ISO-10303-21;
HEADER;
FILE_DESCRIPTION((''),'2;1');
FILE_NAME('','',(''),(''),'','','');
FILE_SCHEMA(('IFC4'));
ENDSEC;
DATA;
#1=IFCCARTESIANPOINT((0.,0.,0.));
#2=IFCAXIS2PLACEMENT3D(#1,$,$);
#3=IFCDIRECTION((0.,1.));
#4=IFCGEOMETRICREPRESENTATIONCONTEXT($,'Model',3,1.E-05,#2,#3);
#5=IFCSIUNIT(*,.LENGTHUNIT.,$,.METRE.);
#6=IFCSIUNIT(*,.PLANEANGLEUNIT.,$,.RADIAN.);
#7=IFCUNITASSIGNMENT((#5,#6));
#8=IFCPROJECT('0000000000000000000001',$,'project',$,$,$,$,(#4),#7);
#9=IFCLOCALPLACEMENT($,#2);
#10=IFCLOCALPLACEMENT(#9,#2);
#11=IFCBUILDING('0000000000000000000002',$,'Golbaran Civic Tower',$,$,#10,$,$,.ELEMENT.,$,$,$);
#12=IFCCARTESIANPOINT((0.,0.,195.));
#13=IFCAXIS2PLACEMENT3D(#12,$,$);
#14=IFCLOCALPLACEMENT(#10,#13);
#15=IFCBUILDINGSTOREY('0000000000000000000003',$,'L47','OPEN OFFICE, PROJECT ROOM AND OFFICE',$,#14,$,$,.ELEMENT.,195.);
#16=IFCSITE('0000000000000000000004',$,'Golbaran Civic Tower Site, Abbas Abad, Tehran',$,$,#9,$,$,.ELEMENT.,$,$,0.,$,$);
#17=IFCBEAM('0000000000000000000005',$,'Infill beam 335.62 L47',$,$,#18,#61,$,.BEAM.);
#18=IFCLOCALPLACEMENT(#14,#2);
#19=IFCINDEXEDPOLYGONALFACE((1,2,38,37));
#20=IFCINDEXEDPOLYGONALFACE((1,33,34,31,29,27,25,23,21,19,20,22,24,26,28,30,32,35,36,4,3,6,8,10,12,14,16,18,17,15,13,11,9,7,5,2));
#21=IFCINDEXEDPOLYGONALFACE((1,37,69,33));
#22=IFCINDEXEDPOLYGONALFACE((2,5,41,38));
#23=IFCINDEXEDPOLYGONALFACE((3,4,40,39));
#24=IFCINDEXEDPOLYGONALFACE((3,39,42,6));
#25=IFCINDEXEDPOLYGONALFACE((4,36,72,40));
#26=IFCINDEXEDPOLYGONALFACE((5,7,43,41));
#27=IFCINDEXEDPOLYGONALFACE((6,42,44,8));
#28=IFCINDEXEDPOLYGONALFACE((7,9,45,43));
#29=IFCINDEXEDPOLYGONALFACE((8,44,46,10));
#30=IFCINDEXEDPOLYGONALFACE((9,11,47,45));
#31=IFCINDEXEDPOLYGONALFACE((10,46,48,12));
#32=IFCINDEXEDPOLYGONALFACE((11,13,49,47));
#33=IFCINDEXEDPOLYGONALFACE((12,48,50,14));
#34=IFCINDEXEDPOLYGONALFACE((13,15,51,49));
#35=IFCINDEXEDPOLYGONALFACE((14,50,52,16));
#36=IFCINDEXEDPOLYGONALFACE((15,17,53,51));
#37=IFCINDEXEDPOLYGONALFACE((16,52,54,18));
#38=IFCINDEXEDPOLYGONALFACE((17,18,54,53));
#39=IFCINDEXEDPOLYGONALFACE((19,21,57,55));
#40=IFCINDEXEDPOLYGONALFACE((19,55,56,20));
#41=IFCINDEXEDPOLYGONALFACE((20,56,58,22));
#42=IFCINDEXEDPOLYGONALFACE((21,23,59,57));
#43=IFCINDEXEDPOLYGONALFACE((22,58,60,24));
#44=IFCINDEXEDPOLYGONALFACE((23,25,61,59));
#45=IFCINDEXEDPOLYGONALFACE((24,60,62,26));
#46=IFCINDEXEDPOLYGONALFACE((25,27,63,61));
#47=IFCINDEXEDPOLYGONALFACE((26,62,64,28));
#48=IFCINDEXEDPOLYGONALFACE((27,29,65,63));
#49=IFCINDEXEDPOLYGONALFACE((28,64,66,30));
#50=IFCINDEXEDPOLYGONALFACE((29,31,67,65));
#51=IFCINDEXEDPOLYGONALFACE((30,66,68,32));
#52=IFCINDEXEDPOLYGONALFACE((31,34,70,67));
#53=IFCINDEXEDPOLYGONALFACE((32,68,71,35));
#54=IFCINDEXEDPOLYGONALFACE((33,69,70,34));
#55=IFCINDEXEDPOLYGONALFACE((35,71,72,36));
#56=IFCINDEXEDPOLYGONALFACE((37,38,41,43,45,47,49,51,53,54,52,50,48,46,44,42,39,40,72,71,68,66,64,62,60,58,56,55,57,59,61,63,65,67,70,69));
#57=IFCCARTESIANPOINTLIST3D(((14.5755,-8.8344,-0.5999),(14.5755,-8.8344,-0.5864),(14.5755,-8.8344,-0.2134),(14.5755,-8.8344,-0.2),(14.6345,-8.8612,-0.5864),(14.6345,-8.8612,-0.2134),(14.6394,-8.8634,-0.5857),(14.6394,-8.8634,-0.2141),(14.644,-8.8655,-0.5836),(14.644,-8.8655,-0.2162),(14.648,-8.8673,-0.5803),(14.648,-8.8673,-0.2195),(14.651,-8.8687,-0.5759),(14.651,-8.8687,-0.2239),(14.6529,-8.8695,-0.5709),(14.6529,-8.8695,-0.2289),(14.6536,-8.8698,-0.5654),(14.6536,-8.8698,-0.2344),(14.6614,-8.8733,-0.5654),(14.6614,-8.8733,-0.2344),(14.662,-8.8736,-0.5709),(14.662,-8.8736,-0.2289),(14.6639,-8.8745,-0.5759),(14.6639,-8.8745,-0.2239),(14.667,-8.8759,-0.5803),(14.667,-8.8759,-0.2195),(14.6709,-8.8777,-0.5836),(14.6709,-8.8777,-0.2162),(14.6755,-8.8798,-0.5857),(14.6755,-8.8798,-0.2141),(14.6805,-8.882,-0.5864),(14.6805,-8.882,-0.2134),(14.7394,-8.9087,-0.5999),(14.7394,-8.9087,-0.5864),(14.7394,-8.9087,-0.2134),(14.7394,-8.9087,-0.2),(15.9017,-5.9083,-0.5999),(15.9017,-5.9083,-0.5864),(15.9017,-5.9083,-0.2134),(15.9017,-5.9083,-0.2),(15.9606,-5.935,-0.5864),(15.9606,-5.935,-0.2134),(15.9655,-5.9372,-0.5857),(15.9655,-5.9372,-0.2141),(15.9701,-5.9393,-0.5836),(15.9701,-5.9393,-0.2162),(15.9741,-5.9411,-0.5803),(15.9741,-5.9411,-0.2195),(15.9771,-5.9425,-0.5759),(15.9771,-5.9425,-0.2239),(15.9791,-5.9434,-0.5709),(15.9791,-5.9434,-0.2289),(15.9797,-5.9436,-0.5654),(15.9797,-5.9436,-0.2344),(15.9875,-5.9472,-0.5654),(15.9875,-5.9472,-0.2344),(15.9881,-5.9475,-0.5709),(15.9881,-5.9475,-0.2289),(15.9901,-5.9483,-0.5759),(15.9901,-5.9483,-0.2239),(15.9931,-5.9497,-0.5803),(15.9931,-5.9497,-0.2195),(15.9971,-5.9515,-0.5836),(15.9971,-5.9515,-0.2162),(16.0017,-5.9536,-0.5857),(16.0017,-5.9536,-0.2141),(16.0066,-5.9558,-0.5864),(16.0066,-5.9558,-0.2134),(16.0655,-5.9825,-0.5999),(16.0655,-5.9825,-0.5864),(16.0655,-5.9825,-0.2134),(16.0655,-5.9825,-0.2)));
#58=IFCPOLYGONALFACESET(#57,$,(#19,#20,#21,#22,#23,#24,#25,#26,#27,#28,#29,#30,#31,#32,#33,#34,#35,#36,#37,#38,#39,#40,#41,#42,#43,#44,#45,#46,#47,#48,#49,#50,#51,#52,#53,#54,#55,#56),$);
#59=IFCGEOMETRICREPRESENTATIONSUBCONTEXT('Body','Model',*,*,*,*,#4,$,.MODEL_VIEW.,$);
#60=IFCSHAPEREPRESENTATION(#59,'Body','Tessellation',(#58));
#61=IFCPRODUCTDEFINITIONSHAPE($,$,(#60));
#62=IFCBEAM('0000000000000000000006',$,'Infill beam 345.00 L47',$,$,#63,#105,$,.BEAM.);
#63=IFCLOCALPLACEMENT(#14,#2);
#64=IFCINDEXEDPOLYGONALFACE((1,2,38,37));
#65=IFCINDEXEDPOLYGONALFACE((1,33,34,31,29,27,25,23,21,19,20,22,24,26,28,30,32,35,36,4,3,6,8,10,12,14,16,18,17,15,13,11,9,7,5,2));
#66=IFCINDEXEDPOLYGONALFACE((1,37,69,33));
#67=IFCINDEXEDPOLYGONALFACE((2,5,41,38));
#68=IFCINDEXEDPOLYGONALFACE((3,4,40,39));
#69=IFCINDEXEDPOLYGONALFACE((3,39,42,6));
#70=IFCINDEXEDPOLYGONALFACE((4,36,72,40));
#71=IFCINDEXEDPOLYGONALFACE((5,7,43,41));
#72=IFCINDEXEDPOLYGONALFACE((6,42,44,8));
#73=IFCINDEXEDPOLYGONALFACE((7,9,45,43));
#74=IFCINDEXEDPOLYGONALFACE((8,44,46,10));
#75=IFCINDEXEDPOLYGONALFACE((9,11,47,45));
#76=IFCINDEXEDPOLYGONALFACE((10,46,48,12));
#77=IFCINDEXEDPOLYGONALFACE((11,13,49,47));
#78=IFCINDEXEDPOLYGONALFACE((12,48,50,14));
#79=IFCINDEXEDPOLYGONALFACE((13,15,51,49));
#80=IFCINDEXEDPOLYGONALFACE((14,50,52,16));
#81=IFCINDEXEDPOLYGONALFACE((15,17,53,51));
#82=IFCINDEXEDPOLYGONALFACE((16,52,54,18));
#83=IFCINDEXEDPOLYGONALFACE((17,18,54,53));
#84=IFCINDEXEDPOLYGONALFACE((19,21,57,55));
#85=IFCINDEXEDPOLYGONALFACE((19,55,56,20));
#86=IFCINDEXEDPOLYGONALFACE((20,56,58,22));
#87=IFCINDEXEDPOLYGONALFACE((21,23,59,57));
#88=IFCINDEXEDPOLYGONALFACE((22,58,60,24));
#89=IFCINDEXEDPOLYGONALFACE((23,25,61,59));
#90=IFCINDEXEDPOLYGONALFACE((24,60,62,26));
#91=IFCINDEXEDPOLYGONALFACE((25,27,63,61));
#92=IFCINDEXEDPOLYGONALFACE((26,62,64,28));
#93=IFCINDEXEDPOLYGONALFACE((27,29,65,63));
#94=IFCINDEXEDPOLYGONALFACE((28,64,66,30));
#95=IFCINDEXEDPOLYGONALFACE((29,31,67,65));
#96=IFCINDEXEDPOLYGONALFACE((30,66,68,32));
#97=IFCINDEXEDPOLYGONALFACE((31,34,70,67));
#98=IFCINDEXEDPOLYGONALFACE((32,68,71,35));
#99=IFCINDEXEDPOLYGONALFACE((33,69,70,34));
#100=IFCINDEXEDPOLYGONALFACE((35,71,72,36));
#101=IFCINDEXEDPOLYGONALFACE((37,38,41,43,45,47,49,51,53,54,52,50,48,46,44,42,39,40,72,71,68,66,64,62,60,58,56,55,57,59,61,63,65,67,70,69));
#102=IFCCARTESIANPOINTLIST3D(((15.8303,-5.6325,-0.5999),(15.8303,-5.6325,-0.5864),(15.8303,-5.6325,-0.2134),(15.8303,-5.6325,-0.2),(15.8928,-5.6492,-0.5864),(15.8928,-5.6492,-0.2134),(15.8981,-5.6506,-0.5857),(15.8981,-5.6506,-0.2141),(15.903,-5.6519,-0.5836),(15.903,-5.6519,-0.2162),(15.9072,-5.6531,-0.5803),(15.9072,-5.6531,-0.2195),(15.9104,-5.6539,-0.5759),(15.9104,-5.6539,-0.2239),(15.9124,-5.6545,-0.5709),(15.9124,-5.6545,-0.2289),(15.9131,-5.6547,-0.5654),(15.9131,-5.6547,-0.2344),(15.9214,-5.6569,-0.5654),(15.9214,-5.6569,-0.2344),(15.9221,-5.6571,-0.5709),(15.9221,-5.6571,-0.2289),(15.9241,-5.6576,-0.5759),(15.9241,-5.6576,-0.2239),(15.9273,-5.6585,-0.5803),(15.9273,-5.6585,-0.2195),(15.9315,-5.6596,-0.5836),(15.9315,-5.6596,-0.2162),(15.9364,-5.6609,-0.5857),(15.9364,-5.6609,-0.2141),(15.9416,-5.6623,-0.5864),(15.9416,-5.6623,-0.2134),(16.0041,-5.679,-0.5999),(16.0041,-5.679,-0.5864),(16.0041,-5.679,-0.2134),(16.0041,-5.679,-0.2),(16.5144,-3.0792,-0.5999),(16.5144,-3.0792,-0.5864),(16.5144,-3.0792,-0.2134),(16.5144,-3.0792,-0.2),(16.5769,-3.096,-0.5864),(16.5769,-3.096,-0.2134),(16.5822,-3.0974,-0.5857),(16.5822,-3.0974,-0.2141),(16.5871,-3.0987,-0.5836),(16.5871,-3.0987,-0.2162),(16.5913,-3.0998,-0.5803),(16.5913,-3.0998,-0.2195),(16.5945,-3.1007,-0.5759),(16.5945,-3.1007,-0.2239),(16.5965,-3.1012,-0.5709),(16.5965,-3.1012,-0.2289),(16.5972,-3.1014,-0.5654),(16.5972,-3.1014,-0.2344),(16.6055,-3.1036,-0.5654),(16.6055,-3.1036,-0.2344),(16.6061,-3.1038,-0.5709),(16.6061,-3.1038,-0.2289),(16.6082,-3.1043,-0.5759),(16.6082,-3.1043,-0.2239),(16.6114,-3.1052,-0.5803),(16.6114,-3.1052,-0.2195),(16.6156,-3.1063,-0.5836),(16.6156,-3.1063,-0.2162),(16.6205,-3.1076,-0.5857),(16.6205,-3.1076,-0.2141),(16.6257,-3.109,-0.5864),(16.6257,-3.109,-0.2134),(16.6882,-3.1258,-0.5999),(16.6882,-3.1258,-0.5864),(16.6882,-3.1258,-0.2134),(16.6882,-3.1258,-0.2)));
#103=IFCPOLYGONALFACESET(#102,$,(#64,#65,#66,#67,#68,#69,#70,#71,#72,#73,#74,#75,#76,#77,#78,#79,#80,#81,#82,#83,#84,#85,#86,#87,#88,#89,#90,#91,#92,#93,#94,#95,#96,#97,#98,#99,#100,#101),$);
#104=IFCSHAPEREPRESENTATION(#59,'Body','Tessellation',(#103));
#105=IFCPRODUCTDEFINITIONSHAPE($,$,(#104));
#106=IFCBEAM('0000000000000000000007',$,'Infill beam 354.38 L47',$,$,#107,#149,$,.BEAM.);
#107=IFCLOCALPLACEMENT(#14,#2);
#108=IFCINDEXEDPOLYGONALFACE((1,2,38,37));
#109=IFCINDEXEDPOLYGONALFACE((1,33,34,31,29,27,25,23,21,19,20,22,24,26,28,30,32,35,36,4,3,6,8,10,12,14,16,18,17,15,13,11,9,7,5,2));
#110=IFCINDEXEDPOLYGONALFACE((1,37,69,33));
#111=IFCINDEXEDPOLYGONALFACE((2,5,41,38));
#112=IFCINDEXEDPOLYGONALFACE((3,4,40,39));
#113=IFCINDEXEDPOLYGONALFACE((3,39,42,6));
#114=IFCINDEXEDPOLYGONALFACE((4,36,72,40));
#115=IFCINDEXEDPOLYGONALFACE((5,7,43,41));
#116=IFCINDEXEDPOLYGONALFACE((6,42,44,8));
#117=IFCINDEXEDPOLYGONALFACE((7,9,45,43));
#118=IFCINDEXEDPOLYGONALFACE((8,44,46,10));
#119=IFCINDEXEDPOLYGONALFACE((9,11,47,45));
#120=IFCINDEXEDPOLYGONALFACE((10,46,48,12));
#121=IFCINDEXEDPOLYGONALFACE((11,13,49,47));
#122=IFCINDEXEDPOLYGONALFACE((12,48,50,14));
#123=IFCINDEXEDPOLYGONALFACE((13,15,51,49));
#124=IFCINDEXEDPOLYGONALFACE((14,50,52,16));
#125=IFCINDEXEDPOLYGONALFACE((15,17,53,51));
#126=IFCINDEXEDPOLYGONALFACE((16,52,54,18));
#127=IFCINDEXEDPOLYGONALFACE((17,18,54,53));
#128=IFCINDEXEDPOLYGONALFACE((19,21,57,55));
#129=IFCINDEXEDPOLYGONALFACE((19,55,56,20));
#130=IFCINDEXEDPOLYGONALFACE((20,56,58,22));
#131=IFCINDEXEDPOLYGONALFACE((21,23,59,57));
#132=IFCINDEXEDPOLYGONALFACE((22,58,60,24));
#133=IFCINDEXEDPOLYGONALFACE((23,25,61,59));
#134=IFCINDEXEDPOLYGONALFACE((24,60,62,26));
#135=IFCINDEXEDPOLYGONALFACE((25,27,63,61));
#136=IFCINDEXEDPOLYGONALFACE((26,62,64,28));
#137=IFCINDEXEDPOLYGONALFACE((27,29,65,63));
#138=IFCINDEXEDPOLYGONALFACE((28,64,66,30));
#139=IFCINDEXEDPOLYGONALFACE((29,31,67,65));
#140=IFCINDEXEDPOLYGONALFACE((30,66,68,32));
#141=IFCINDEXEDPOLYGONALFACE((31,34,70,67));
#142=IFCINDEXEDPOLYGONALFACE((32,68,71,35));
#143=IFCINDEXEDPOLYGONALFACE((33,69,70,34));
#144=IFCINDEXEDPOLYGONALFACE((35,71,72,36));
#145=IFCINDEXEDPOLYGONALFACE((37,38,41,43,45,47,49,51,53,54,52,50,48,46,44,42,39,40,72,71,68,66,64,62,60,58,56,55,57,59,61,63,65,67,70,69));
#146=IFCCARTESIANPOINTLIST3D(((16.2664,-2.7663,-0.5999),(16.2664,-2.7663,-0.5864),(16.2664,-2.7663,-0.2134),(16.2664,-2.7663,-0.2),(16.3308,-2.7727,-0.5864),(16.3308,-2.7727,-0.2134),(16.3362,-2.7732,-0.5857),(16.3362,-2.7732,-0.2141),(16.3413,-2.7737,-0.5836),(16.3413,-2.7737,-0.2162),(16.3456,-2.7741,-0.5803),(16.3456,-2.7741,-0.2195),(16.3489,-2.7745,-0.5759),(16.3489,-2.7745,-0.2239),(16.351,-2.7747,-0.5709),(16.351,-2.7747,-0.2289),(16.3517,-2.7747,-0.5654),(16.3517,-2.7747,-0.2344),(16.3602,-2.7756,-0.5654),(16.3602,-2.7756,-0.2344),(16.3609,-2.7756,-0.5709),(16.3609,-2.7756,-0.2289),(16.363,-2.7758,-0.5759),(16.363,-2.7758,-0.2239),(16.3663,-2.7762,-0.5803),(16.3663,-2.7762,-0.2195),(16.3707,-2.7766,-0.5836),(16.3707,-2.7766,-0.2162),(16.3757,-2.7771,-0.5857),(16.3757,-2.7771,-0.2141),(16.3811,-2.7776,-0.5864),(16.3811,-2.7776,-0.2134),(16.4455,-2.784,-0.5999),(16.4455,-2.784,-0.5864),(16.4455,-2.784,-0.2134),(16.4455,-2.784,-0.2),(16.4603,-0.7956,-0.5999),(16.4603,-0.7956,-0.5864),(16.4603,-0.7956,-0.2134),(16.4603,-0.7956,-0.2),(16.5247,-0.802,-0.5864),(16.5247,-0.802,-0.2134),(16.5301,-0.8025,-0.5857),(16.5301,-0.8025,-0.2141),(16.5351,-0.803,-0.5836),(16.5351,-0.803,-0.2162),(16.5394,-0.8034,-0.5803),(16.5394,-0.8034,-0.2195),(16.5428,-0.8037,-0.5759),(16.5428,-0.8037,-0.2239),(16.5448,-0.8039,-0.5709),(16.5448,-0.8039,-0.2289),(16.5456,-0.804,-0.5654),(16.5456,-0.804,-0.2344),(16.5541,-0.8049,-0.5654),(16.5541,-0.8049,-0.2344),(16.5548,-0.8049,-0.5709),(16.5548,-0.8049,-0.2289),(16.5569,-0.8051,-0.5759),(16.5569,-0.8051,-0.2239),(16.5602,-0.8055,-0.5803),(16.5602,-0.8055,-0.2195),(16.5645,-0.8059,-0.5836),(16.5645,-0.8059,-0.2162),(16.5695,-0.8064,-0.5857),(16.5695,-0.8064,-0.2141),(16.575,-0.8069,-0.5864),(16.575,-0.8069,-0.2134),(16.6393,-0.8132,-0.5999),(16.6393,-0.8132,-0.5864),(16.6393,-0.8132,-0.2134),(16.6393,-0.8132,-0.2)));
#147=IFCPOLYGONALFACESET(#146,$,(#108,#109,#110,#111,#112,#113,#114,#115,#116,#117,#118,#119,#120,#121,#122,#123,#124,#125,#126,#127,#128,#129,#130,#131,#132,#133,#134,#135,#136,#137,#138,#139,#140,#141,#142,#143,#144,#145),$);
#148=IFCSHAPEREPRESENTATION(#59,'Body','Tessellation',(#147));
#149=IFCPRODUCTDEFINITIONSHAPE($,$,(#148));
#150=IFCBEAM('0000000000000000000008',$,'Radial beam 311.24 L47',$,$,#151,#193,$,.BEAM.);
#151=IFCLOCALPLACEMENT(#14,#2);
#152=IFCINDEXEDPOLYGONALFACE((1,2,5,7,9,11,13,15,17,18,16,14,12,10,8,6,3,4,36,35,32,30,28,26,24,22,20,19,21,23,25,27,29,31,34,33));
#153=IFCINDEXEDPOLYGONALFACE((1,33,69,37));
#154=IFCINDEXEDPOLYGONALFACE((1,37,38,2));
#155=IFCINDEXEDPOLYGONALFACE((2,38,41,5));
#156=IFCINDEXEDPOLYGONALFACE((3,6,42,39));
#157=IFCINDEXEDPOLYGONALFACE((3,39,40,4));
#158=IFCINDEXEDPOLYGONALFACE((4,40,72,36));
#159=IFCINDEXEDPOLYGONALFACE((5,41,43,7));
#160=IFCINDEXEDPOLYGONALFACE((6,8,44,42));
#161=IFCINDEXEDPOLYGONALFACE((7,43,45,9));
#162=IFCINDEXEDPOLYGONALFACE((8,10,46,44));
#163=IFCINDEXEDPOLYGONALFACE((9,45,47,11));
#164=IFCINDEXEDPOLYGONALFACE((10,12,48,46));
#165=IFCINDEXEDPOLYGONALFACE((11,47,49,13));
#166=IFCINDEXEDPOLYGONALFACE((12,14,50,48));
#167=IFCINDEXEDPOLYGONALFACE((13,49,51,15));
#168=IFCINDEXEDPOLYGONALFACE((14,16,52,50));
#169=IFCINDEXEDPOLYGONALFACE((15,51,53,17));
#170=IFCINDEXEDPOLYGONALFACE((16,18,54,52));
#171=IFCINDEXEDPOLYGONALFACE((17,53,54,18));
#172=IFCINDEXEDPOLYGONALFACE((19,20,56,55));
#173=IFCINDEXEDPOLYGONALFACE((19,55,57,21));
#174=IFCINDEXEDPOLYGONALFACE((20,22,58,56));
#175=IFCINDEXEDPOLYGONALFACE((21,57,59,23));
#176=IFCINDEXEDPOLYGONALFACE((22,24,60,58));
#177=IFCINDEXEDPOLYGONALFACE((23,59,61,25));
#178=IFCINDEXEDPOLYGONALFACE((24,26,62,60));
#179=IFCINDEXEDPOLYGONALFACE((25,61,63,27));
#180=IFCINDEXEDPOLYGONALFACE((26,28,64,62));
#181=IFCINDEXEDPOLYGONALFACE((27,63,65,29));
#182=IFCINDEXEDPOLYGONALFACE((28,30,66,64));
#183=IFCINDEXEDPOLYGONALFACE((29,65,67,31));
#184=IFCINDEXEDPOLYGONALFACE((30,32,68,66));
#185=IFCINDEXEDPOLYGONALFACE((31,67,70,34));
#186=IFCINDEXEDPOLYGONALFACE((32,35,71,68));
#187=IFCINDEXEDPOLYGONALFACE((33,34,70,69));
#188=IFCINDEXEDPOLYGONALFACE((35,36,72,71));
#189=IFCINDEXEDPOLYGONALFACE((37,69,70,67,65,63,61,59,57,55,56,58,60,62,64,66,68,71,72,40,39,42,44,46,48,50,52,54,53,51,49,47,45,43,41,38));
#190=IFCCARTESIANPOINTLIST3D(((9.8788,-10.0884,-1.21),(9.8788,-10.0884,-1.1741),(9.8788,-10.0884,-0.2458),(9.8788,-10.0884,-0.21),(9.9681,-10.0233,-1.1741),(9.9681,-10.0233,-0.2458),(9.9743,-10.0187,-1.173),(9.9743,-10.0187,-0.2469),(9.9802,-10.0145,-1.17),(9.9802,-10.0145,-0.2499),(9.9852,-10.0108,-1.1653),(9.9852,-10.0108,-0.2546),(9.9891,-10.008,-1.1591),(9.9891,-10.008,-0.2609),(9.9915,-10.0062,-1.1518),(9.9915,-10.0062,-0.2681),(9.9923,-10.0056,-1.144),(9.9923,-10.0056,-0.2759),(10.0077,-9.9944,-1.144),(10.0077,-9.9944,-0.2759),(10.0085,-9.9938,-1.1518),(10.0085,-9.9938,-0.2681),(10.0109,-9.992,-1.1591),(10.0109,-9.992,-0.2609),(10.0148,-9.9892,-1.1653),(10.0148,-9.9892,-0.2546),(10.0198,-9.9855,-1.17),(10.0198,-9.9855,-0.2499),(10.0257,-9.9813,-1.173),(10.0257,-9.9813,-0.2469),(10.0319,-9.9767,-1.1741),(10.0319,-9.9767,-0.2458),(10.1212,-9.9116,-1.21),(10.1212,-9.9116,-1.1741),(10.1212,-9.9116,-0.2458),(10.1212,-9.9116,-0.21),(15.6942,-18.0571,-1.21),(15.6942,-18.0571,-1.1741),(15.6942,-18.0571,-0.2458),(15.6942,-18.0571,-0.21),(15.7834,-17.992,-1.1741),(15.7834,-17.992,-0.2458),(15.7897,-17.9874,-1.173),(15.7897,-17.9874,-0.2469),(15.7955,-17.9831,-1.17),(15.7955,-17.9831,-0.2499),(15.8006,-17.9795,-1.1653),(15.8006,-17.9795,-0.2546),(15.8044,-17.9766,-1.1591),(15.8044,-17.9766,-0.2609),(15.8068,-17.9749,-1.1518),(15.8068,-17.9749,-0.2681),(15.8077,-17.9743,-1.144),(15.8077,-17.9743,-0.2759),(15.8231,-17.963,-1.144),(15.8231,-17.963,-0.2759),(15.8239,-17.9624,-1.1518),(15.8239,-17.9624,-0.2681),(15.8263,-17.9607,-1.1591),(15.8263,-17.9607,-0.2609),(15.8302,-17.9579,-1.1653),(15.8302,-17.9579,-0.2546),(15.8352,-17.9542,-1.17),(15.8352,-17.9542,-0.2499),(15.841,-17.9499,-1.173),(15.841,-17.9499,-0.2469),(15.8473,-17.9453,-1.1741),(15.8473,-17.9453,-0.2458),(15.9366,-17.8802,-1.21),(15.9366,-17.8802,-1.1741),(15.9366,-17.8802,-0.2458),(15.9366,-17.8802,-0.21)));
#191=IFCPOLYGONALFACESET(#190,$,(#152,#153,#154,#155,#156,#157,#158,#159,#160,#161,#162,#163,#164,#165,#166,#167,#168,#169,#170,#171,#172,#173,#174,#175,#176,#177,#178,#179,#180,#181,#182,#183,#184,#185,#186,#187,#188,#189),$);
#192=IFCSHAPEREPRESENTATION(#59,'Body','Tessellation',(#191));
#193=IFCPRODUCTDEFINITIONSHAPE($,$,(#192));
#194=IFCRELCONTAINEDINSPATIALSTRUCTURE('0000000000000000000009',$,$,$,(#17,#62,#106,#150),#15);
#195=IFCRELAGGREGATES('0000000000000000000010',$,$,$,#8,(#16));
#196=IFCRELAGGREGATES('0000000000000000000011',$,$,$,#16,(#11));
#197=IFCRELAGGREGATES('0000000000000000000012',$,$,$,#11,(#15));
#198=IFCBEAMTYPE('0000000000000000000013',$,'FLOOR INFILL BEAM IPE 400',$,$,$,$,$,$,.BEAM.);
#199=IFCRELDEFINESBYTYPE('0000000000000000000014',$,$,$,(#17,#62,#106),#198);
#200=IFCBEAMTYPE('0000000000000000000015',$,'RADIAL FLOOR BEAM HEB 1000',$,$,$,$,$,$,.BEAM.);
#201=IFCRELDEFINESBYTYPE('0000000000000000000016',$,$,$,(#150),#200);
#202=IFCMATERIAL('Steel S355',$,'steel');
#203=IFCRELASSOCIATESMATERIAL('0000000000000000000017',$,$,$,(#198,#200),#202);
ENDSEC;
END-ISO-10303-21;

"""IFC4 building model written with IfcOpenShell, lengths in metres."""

from ifc_helpers import new_model, si_unit, direction, frame, origin, origin_2d, place, context, subcontext, project, spatial, i_section, extrude, material, material_profile, profile_set, type_object, element, save


model = new_model("IFC4")

# Units and contexts
model_context = context("Model", 3, precision=1e-05, world=origin(), true_north=direction((0.0, 1.0)))
body_context = subcontext(model_context, "Body", "Model", "MODEL_VIEW")
ifc_project = project(units=[si_unit("LENGTHUNIT", "METRE"), si_unit("PLANEANGLEUNIT", "RADIAN")], contexts=[model_context])

# Site, building, storey
site_placement = place(None, origin())
site = spatial("IfcSite", under=ifc_project, at=site_placement, Name="Golbaran Civic Tower Site, Abbas Abad, Tehran", CompositionType="ELEMENT", RefElevation=0.0)
building_placement = place(site_placement, origin())
building = spatial("IfcBuilding", under=site, at=building_placement, Name="Golbaran Civic Tower", CompositionType="ELEMENT")
storey_placement = place(building_placement, frame((0.0, 0.0, 195.0)))
storey = spatial("IfcBuildingStorey", under=building, at=storey_placement, Name="L47", Description="OPEN OFFICE, PROJECT ROOM AND OFFICE", CompositionType="ELEMENT", Elevation=195.0)

# Beams
ifc_material_1 = material(Name="Steel S355", Category="steel")
ifc_material_profile_1 = material_profile(ifc_material_1, i_section(OverallWidth=0.1799, OverallDepth=0.3999, WebThickness=0.0085, FlangeThickness=0.0134, FilletRadius=0.021, at=origin_2d()), Name="IPE 400")
ifc_profile_set_1 = profile_set([ifc_material_profile_1], Name="Steel S355")
beam_type_1 = type_object("IfcBeamType", Name="FLOOR INFILL BEAM IPE 400", PredefinedType="BEAM", material=ifc_profile_set_1)
beam_1_placement = place(storey_placement, frame((14.6575, -8.8716, -0.3999), z_axis=(0.412784, 0.910829, 0.0), x_axis=(-0.910829, 0.412784, 0.0)))
element("IfcBeam", 1, at=beam_1_placement, inside=storey, type_object=beam_type_1, Name="Infill beam 335.62 L47", PredefinedType="BEAM", context=body_context, shape_type="SweptSolid", body=[
    extrude(i_section(OverallWidth=0.1799, OverallDepth=0.3999, WebThickness=0.0085, FlangeThickness=0.0134, FilletRadius=0.021, at=origin_2d()), origin(), (0.0, 0.0, 1.0), 3.2126),
])
beam_2_placement = place(storey_placement, frame((15.9172, -5.6558, -0.3999), z_axis=(0.258801, 0.965931, 0.0), x_axis=(-0.965931, 0.258801, 0.0)))
element("IfcBeam", 2, at=beam_2_placement, inside=storey, type_object=beam_type_1, Name="Infill beam 345.00 L47", PredefinedType="BEAM", context=body_context, shape_type="SweptSolid", body=[
    extrude(i_section(OverallWidth=0.1799, OverallDepth=0.3999, WebThickness=0.0085, FlangeThickness=0.0134, FilletRadius=0.021, at=origin_2d()), origin(), (0.0, 0.0, 1.0), 2.6433),
])
beam_3_placement = place(storey_placement, frame((16.356, -2.7751, -0.3999), z_axis=(0.097892, 0.995197, 0.0), x_axis=(-0.995197, 0.097892, 0.0)))
element("IfcBeam", 3, at=beam_3_placement, inside=storey, type_object=beam_type_1, Name="Infill beam 354.38 L47", PredefinedType="BEAM", context=body_context, shape_type="SweptSolid", body=[
    extrude(i_section(OverallWidth=0.1799, OverallDepth=0.3999, WebThickness=0.0085, FlangeThickness=0.0134, FilletRadius=0.021, at=origin_2d()), origin(), (0.0, 0.0, 1.0), 1.9802),
])
ifc_material_profile_2 = material_profile(ifc_material_1, i_section(OverallWidth=0.3, OverallDepth=1.0, WebThickness=0.019, FlangeThickness=0.0359, FilletRadius=0.03, at=origin_2d()), Name="HEB 1000")
ifc_profile_set_2 = profile_set([ifc_material_profile_2], Name="Steel S355")
beam_type_2 = type_object("IfcBeamType", Name="RADIAL FLOOR BEAM HEB 1000", PredefinedType="BEAM", material=ifc_profile_set_2)
beam_4_placement = place(storey_placement, frame((10.0, -10.0, -0.71), z_axis=(0.589495, -0.807772, 0.0), x_axis=(0.807772, 0.589495, 0.0)))
element("IfcBeam", 4, at=beam_4_placement, inside=storey, type_object=beam_type_2, Name="Radial beam 311.24 L47", PredefinedType="BEAM", context=body_context, shape_type="SweptSolid", body=[
    extrude(i_section(OverallWidth=0.3, OverallDepth=1.0, WebThickness=0.019, FlangeThickness=0.0359, FilletRadius=0.03, at=origin_2d()), origin(), (0.0, 0.0, 1.0), 9.865),
])

save(model, "model.ifc")
